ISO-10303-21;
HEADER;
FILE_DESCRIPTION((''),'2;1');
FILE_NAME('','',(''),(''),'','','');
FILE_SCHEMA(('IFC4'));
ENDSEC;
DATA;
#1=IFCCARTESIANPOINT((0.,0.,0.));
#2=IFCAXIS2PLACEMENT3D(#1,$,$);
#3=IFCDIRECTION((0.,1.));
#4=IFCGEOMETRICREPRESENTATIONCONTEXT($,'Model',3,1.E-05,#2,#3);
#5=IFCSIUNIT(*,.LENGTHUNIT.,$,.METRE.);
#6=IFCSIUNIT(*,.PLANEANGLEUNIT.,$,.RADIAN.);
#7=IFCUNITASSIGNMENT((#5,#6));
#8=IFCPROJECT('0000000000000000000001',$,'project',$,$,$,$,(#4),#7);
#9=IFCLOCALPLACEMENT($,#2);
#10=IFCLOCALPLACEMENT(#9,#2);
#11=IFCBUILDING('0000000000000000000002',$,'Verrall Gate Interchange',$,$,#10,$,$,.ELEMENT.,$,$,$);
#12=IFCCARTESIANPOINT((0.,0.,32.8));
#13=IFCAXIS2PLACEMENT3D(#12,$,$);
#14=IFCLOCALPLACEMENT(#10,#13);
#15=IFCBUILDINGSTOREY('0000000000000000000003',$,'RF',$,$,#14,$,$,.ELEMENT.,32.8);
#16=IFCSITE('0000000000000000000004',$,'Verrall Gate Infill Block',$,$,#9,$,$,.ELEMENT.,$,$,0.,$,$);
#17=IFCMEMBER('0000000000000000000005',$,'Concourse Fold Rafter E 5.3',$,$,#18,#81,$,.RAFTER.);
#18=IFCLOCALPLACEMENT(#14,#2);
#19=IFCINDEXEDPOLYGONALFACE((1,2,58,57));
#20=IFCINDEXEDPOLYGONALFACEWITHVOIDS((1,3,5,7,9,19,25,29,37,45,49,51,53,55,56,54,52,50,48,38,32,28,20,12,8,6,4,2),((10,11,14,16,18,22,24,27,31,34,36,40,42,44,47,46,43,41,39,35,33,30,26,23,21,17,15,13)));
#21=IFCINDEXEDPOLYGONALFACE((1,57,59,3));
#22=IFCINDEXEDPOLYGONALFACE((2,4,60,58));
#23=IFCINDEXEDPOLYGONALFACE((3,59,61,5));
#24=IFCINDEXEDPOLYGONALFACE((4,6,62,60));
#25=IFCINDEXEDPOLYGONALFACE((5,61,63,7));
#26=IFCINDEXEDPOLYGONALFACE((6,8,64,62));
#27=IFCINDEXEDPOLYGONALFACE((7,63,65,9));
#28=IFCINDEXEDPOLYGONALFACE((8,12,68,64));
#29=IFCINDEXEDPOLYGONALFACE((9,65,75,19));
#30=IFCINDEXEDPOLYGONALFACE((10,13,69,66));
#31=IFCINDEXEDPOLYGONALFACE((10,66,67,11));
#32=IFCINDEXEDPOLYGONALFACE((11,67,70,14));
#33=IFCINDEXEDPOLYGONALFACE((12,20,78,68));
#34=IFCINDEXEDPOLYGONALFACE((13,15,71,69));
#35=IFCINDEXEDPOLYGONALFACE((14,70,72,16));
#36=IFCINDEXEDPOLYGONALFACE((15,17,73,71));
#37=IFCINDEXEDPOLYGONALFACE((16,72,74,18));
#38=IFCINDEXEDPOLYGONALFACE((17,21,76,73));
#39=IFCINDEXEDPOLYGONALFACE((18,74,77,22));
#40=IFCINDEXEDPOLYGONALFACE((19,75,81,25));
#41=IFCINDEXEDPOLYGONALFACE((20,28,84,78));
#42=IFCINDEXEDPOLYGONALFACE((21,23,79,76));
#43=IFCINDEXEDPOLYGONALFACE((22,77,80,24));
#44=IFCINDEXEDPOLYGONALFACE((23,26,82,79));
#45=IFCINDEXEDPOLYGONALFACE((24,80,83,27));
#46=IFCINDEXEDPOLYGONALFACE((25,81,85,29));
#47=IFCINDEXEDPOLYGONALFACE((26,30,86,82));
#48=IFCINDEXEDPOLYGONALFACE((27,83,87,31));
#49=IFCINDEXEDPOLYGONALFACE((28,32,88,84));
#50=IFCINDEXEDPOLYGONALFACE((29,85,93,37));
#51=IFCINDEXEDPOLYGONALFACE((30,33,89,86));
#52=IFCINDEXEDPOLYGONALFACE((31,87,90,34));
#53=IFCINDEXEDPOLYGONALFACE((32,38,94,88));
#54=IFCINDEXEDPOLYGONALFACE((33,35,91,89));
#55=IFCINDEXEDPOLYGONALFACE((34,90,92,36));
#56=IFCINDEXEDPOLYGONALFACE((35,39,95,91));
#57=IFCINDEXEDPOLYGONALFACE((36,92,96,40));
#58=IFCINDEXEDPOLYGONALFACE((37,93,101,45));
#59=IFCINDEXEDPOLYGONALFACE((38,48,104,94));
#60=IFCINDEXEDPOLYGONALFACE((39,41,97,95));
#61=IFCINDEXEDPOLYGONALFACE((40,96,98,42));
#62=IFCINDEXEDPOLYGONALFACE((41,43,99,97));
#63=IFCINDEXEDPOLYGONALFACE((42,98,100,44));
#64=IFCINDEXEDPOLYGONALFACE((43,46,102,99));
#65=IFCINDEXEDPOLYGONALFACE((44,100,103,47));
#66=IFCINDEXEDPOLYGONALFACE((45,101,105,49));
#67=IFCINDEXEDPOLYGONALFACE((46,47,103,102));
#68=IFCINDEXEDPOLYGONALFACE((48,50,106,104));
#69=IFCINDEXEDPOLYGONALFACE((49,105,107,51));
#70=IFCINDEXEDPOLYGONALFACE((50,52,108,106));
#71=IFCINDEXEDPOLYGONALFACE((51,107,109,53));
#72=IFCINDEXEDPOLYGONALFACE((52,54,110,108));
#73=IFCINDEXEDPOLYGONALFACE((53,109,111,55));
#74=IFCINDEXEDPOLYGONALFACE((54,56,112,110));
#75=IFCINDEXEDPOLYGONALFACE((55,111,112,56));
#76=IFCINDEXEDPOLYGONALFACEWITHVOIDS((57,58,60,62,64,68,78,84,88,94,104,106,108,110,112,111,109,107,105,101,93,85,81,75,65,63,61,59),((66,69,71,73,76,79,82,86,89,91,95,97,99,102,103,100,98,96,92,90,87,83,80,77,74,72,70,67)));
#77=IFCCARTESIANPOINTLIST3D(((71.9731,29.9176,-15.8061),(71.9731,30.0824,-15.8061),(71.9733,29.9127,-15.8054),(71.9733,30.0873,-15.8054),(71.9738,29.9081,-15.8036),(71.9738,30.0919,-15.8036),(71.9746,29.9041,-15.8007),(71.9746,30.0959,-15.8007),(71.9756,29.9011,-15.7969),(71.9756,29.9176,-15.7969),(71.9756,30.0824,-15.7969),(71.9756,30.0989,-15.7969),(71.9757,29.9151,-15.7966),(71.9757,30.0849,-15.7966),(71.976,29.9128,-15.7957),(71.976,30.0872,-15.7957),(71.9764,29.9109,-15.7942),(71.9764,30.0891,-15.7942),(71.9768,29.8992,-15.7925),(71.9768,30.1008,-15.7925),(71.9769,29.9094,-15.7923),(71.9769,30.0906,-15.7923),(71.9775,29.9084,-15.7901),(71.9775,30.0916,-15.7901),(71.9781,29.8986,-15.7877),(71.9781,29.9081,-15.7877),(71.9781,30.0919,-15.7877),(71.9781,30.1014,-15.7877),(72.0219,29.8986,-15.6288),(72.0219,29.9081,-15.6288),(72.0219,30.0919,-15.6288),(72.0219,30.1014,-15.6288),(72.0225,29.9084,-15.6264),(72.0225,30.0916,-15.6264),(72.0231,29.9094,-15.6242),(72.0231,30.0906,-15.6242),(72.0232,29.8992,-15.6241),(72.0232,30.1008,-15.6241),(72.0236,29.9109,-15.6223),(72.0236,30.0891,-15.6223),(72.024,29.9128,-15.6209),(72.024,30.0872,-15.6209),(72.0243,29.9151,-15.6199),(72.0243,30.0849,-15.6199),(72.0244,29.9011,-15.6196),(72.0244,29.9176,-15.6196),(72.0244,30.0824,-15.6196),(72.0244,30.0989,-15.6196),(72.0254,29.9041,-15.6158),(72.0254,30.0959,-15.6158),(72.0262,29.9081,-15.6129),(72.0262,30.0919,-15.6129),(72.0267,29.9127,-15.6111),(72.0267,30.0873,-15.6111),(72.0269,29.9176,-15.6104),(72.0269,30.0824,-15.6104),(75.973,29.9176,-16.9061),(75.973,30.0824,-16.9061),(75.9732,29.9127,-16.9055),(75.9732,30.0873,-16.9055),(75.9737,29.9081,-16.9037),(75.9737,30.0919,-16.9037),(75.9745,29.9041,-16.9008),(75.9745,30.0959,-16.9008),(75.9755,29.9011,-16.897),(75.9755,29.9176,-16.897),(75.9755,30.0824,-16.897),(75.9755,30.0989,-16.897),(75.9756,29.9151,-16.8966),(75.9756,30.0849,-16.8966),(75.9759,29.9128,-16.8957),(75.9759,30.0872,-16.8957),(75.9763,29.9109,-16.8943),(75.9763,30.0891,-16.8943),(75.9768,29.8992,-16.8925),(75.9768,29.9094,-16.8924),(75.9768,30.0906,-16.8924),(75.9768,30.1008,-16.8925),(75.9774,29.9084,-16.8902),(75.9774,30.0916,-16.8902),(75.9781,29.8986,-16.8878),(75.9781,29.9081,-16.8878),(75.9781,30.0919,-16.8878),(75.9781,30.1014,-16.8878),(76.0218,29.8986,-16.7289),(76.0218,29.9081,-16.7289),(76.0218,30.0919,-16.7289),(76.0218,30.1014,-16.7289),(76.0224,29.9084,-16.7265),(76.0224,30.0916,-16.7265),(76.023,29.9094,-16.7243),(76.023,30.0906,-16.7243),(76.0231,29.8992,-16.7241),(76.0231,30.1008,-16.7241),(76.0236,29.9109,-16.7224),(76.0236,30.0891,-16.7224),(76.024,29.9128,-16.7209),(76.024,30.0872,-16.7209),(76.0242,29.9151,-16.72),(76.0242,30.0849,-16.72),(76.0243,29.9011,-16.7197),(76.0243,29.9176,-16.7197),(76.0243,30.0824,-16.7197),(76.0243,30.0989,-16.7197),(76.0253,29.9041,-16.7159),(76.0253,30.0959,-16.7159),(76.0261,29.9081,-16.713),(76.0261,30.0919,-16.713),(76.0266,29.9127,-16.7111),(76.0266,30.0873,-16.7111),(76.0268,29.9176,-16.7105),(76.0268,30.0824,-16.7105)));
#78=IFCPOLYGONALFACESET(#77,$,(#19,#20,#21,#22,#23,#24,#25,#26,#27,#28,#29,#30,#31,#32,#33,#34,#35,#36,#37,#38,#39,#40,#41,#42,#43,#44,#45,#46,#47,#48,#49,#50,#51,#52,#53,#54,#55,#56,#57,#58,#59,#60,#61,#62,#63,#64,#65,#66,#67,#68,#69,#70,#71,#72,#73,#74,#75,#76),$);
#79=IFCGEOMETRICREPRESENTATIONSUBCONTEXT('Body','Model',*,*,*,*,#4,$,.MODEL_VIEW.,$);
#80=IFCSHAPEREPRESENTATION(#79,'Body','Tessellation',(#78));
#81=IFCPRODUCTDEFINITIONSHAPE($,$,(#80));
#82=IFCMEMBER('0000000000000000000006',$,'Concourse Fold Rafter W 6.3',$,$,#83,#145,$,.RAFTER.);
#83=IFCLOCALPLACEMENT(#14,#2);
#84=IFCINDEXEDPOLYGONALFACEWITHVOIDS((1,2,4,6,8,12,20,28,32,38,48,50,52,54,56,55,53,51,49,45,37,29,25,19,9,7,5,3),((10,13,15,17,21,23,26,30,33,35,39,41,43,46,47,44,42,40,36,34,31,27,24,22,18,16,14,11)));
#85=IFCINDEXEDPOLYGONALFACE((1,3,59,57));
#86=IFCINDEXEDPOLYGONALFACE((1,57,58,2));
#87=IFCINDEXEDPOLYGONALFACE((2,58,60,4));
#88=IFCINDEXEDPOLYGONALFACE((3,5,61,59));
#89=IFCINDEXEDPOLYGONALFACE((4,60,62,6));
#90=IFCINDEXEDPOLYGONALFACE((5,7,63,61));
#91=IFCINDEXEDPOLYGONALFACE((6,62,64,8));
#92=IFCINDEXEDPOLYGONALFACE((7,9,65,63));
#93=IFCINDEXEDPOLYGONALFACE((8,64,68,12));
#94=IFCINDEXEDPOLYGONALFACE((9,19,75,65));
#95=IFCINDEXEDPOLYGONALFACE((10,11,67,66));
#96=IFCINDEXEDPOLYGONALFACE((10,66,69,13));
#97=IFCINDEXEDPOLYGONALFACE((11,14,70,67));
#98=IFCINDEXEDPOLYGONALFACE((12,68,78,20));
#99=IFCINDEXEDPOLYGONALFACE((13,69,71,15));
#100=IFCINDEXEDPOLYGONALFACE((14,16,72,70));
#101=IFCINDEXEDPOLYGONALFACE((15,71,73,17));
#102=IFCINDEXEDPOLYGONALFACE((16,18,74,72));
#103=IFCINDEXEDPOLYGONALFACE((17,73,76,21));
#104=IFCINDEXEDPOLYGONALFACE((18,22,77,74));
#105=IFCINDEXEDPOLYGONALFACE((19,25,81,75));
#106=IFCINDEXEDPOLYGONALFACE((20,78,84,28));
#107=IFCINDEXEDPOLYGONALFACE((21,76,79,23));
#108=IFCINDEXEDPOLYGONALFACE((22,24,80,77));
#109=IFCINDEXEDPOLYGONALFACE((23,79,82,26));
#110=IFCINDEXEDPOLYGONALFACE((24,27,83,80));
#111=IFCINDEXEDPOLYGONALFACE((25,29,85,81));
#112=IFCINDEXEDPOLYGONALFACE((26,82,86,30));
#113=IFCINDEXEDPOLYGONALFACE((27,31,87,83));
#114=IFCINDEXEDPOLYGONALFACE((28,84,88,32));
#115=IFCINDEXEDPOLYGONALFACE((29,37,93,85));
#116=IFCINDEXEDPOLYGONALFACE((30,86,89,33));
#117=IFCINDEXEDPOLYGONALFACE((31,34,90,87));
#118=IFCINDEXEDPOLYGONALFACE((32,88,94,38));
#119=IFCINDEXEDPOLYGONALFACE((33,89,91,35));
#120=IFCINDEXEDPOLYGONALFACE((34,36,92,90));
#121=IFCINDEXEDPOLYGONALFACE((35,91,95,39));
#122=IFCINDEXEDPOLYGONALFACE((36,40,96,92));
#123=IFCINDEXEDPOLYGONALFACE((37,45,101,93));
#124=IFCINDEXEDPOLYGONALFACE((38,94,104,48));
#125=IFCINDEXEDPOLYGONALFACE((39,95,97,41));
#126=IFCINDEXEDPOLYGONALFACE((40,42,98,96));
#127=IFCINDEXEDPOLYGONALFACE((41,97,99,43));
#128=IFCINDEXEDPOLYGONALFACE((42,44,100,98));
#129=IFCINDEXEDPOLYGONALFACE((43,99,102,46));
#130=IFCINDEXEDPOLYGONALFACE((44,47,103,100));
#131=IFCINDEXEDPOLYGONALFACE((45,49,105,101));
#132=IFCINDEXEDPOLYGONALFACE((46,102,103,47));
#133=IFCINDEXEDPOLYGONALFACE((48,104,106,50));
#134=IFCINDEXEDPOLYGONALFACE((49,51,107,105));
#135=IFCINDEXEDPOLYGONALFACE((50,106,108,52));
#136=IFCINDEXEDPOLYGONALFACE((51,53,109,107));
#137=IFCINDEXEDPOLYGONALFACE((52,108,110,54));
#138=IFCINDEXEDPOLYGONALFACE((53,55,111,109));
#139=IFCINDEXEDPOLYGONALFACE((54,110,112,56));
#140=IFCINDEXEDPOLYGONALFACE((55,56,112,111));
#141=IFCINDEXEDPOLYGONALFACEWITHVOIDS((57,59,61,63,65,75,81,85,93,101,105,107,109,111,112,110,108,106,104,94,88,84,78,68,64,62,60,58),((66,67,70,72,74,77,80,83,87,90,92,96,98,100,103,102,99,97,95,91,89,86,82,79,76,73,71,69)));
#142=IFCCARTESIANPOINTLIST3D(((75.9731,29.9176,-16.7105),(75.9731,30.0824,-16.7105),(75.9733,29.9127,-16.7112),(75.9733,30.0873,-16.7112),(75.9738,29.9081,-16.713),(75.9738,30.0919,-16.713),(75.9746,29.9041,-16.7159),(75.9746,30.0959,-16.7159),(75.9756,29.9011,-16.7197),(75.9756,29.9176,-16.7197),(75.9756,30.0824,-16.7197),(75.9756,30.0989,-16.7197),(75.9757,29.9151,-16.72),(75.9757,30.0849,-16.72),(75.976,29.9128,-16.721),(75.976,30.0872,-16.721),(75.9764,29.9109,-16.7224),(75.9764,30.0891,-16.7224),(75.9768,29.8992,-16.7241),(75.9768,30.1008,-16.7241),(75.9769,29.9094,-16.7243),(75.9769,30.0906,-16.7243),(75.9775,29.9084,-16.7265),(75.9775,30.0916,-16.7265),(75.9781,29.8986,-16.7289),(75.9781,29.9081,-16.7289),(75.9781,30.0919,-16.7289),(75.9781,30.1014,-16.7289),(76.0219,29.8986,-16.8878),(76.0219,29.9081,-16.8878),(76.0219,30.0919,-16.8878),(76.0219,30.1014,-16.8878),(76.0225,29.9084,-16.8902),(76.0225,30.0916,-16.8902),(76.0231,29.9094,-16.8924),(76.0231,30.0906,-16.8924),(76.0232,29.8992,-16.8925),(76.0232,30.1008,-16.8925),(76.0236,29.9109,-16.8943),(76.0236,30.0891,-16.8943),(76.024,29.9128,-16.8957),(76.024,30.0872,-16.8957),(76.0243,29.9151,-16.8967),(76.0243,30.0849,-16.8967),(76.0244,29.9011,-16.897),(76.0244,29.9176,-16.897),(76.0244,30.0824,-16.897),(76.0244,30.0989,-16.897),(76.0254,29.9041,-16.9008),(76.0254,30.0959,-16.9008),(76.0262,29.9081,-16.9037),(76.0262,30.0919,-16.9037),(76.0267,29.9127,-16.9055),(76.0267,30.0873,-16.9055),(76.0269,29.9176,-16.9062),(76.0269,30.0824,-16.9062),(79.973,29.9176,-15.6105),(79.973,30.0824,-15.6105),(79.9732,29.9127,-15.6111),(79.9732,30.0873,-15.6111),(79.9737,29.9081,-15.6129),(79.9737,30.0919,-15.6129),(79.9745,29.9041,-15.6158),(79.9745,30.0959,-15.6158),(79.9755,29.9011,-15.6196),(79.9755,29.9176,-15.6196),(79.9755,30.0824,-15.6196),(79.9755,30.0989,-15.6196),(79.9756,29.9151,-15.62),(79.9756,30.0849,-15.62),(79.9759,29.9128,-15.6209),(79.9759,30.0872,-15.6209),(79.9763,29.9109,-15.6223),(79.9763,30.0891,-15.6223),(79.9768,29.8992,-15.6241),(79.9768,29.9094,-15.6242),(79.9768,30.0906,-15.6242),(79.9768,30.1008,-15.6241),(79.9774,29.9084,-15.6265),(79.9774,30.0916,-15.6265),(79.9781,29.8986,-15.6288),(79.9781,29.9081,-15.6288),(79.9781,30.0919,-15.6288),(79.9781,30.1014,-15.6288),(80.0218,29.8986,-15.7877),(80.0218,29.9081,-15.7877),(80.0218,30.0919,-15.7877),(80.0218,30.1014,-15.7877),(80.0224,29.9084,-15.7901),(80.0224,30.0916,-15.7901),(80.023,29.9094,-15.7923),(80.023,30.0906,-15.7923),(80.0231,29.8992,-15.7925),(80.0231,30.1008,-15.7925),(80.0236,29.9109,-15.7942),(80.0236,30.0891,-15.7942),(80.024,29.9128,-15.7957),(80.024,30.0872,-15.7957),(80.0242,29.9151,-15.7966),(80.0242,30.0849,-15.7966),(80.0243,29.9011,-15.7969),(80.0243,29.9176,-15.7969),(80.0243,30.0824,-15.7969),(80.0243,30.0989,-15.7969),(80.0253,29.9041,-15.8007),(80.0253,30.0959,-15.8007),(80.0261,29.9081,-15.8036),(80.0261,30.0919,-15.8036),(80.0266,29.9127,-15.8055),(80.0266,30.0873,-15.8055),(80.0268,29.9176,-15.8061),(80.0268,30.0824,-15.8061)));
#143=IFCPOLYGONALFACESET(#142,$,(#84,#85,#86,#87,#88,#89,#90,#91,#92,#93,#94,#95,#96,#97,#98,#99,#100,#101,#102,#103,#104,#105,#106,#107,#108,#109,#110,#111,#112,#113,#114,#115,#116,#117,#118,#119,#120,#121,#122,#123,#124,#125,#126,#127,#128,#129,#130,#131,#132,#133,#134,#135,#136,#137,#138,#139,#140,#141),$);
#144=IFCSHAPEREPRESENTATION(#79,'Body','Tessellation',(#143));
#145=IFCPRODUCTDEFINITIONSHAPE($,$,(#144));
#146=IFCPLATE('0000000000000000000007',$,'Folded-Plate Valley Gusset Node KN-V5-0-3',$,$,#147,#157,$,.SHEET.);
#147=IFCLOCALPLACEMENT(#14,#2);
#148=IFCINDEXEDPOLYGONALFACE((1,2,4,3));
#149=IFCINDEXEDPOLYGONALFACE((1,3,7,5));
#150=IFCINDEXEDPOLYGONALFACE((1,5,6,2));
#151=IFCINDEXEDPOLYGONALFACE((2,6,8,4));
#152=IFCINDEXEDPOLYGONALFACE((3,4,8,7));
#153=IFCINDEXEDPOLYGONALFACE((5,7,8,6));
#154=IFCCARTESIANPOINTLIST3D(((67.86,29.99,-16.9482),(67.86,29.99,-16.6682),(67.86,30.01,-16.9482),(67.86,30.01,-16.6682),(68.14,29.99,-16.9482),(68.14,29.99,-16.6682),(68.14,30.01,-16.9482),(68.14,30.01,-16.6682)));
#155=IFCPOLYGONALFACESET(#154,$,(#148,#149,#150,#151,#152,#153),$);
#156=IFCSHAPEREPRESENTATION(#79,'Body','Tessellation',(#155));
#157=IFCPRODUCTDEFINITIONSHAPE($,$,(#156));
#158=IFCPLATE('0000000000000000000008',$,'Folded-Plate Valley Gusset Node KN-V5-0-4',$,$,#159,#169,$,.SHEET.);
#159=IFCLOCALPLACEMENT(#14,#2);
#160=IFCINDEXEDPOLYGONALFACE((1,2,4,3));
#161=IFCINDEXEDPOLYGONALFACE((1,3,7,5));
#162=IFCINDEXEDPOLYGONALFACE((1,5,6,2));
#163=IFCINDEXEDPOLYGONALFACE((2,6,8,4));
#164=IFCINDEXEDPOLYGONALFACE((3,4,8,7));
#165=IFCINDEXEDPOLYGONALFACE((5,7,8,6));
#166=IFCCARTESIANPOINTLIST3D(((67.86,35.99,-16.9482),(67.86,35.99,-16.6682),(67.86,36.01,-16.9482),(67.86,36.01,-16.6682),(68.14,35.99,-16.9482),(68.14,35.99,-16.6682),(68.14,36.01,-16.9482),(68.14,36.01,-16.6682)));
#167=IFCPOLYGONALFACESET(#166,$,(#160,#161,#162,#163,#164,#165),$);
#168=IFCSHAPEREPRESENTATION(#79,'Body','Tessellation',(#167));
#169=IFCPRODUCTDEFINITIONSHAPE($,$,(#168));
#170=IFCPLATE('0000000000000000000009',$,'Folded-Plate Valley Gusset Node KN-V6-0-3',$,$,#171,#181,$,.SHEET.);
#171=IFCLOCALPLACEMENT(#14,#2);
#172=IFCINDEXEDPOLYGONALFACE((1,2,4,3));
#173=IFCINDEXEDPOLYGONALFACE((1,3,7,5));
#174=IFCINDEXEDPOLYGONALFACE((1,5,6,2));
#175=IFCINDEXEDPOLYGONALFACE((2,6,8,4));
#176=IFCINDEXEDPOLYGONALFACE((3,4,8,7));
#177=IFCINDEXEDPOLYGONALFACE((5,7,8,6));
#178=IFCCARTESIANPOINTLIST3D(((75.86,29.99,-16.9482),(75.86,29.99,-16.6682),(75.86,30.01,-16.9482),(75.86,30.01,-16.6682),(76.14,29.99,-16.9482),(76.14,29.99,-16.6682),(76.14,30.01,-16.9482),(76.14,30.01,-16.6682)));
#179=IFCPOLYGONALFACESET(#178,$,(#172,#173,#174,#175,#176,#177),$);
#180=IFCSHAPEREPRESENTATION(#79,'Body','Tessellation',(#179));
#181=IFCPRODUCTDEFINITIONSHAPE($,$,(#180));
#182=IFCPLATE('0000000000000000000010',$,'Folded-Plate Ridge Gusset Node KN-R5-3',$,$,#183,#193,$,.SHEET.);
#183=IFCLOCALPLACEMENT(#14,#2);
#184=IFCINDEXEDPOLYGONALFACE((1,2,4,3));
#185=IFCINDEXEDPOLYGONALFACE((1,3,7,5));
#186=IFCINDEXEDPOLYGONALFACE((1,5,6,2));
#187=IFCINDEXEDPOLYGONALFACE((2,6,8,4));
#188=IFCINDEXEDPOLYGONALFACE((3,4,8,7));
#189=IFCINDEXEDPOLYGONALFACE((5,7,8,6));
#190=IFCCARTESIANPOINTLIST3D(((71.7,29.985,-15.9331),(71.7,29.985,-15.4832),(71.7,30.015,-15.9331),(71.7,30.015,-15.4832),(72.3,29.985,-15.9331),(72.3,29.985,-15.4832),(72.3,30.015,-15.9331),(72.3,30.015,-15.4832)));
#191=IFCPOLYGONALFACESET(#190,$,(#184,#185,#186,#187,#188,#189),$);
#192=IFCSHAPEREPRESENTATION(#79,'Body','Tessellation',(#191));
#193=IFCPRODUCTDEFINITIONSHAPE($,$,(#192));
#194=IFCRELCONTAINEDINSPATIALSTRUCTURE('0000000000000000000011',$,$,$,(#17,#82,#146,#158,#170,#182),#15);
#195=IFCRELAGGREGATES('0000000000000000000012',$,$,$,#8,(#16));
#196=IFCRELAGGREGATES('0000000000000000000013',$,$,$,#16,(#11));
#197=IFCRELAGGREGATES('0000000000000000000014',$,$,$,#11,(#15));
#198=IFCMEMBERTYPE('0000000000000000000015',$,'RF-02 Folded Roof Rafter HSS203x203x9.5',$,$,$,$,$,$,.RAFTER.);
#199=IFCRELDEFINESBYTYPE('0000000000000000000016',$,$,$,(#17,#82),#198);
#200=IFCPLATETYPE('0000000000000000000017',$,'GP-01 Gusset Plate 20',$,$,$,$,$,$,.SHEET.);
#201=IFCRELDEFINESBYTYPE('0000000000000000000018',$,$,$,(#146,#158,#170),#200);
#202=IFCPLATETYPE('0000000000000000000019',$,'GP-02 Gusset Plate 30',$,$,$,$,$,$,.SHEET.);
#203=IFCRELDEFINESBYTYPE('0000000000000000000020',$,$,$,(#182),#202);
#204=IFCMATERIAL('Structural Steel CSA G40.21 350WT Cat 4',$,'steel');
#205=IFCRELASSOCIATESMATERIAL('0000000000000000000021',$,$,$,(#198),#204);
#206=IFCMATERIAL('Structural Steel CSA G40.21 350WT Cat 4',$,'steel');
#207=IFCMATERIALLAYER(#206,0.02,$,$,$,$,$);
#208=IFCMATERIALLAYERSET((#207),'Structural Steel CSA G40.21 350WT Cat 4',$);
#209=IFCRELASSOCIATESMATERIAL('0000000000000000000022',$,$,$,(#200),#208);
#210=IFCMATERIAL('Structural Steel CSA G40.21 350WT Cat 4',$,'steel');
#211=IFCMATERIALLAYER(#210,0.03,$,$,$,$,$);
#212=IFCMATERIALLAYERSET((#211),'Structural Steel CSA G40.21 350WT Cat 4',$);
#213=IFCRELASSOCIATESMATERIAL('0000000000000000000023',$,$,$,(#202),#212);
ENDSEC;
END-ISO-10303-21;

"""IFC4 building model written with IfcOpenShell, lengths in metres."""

from ifc_helpers import new_model, si_unit, direction, frame, origin, origin_2d, place, context, subcontext, project, spatial, rectangle, hollow_rectangle, extrude, material, layer, layer_set, material_profile, profile_set, type_object, element, save


model = new_model("IFC4")

# Units and contexts
model_context = context("Model", 3, precision=1e-05, world=origin(), true_north=direction((0.0, 1.0)))
body_context = subcontext(model_context, "Body", "Model", "MODEL_VIEW")
ifc_project = project(units=[si_unit("LENGTHUNIT", "METRE"), si_unit("PLANEANGLEUNIT", "RADIAN")], contexts=[model_context])

# Site, building, storey
site_placement = place(None, origin())
site = spatial("IfcSite", under=ifc_project, at=site_placement, Name="Verrall Gate Infill Block", CompositionType="ELEMENT", RefElevation=0.0)
building_placement = place(site_placement, origin())
building = spatial("IfcBuilding", under=site, at=building_placement, Name="Verrall Gate Interchange", CompositionType="ELEMENT")
storey_placement = place(building_placement, frame((0.0, 0.0, 32.8)))
storey = spatial("IfcBuildingStorey", under=building, at=storey_placement, Name="RF", CompositionType="ELEMENT", Elevation=32.8)

# Members
ifc_material_1 = material(Name="Structural Steel CSA G40.21 350WT Cat 4", Category="steel")
ifc_material_profile_1 = material_profile(ifc_material_1, hollow_rectangle(XDim=0.2029, YDim=0.2029, WallThickness=0.0095, InnerFilletRadius=0.0095, OuterFilletRadius=0.019, at=origin_2d()), Name="HSS203x203x9.5")
ifc_profile_set_1 = profile_set([ifc_material_profile_1], Name="Structural Steel CSA G40.21 350WT Cat 4")
member_type_1 = type_object("IfcMemberType", Name="RF-02 Folded Roof Rafter HSS203x203x9.5", PredefinedType="RAFTER", material=ifc_profile_set_1)
for number, where, z_axis, x_axis, name in (
    (1, (72.0, 30.0, -15.7083), (0.964199, 0.0, -0.265178), (0.0, 1.0, 0.0), "Concourse Fold Rafter E 5.3"),
    (2, (76.0, 30.0, -16.8083), (0.964199, 0.0, 0.265178), (0.0, 1.0, 0.0), "Concourse Fold Rafter W 6.3"),
):
    element("IfcMember", number, at=place(storey_placement, frame(where, z_axis=z_axis, x_axis=x_axis)), inside=storey, type_object=member_type_1, Name=name, PredefinedType="RAFTER", context=body_context, shape_type="SweptSolid", body=[
        extrude(hollow_rectangle(XDim=0.2029, YDim=0.2029, WallThickness=0.0095, InnerFilletRadius=0.0095, OuterFilletRadius=0.019, at=origin_2d()), origin(), (0.0, 0.0, 1.0), 4.1484),
    ])

# Plates
ifc_material_2 = material(Name="Structural Steel CSA G40.21 350WT Cat 4", Category="steel")
ifc_layer_1 = layer(ifc_material_2, 0.02)
ifc_layer_set_1 = layer_set([ifc_layer_1], Name="Structural Steel CSA G40.21 350WT Cat 4")
plate_type_1 = type_object("IfcPlateType", Name="GP-01 Gusset Plate 20", PredefinedType="SHEET", material=ifc_layer_set_1)
for number, where, z_axis, x_axis, name in (
    (3, (68.0, 30.0, -16.9482), (0.0, 0.0, 1.0), (1.0, 0.0, 0.0), "Folded-Plate Valley Gusset Node KN-V5-0-3"),
    (4, (68.0, 36.0, -16.9482), (0.0, 0.0, 1.0), (1.0, 0.0, 0.0), "Folded-Plate Valley Gusset Node KN-V5-0-4"),
    (5, (76.0, 30.0, -16.9482), (0.0, 0.0, 1.0), (1.0, 0.0, 0.0), "Folded-Plate Valley Gusset Node KN-V6-0-3"),
):
    element("IfcPlate", number, at=place(storey_placement, frame(where, z_axis=z_axis, x_axis=x_axis)), inside=storey, type_object=plate_type_1, Name=name, PredefinedType="SHEET", context=body_context, shape_type="SweptSolid", body=[
        extrude(rectangle(XDim=0.28, YDim=0.02, at=origin_2d()), origin(), (0.0, 0.0, 1.0), 0.28),
    ])
ifc_material_3 = material(Name="Structural Steel CSA G40.21 350WT Cat 4", Category="steel")
ifc_layer_2 = layer(ifc_material_3, 0.03)
ifc_layer_set_2 = layer_set([ifc_layer_2], Name="Structural Steel CSA G40.21 350WT Cat 4")
plate_type_2 = type_object("IfcPlateType", Name="GP-02 Gusset Plate 30", PredefinedType="SHEET", material=ifc_layer_set_2)
plate_placement = place(storey_placement, frame((72.0, 30.0, -15.9331), z_axis=(0.0, 0.0, 1.0), x_axis=(1.0, 0.0, 0.0)))
element("IfcPlate", 6, at=plate_placement, inside=storey, type_object=plate_type_2, Name="Folded-Plate Ridge Gusset Node KN-R5-3", PredefinedType="SHEET", context=body_context, shape_type="SweptSolid", body=[
    extrude(rectangle(XDim=0.6001, YDim=0.03, at=origin_2d()), origin(), (0.0, 0.0, 1.0), 0.45),
])

save(model, "model.ifc")
